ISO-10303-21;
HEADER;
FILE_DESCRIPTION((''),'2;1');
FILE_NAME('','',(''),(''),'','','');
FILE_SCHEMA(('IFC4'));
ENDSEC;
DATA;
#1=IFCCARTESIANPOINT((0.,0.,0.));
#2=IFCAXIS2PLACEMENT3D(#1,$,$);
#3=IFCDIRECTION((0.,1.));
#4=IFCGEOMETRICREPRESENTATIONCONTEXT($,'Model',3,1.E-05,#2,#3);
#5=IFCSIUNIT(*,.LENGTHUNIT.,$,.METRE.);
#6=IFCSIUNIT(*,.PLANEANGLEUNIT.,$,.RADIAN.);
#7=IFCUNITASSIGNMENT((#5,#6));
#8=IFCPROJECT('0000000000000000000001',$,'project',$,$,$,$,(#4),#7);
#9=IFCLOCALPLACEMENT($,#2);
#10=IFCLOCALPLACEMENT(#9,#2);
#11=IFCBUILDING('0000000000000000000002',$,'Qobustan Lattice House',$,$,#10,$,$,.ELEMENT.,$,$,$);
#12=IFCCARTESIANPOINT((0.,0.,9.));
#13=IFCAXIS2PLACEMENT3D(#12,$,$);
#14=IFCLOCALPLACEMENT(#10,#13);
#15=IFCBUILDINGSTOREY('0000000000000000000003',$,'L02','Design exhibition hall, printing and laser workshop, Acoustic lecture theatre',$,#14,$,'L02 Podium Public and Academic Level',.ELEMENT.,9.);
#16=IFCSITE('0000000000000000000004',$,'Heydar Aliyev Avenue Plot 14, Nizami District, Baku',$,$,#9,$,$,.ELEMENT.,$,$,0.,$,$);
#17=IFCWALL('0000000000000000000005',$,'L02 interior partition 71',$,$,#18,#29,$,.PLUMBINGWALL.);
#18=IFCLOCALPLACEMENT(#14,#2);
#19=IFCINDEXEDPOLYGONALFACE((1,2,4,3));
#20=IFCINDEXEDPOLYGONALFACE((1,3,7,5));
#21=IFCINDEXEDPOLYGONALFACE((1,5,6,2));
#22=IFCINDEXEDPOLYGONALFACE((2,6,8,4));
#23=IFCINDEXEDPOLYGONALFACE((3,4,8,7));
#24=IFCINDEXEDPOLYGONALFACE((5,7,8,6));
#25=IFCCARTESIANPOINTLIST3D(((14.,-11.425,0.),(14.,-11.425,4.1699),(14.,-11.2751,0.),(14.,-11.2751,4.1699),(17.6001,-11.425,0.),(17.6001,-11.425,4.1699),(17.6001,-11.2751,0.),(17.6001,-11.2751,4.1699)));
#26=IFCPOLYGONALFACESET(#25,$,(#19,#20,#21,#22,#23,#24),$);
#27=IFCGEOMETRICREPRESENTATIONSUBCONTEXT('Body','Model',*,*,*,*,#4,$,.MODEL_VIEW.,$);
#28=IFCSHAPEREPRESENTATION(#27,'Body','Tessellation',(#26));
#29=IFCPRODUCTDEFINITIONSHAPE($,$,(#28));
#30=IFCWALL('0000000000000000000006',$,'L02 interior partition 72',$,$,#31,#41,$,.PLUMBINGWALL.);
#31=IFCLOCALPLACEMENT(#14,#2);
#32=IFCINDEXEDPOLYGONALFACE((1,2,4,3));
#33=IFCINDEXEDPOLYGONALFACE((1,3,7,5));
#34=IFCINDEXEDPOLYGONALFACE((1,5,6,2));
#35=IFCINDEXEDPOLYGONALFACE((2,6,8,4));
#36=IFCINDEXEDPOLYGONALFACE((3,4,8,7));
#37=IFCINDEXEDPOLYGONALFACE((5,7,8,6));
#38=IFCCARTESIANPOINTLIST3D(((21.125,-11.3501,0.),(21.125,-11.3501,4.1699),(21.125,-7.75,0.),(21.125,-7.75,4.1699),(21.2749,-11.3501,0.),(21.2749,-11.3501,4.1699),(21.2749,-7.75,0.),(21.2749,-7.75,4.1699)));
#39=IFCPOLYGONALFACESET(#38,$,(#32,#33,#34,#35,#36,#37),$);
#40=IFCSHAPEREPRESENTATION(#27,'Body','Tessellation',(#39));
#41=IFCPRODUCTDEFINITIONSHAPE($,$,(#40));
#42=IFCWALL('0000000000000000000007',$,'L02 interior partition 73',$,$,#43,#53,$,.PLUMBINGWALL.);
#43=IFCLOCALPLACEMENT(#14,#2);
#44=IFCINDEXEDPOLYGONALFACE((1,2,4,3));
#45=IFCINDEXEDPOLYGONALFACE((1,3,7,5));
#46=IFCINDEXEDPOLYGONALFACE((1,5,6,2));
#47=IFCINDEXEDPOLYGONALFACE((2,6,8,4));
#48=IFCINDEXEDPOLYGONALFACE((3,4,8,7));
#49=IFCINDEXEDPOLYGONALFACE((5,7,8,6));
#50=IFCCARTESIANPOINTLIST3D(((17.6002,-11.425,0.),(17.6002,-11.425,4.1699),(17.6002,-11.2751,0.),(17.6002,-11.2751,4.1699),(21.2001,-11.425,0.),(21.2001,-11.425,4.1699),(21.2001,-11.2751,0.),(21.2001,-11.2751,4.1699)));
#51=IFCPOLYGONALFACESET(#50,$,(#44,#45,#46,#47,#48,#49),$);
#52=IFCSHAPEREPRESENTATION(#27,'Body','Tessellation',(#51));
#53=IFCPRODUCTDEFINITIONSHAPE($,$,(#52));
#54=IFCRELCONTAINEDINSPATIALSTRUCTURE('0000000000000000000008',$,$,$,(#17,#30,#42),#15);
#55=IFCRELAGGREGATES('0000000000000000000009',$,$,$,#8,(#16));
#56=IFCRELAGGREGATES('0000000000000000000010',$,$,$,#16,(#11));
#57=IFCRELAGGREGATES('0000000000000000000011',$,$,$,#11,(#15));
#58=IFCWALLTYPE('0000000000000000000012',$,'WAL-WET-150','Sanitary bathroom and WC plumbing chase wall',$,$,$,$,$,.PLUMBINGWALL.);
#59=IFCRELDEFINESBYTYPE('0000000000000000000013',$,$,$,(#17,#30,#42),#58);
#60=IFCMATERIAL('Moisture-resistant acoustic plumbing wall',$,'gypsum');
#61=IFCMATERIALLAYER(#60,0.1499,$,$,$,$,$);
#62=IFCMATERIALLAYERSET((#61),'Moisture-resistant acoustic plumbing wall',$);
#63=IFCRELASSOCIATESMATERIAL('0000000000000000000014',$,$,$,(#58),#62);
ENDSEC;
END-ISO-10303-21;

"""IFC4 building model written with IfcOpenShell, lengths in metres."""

from ifc_helpers import new_model, si_unit, direction, frame, frame_2d, origin, place, context, subcontext, project, spatial, rectangle, extrude, material, layer, layer_set, type_object, element, save


model = new_model("IFC4")

# Units and contexts
model_context = context("Model", 3, precision=1e-05, world=origin(), true_north=direction((0.0, 1.0)))
body_context = subcontext(model_context, "Body", "Model", "MODEL_VIEW")
ifc_project = project(units=[si_unit("LENGTHUNIT", "METRE"), si_unit("PLANEANGLEUNIT", "RADIAN")], contexts=[model_context])

# Site, building, storey
site_placement = place(None, origin())
site = spatial("IfcSite", under=ifc_project, at=site_placement, Name="Heydar Aliyev Avenue Plot 14, Nizami District, Baku", CompositionType="ELEMENT", RefElevation=0.0)
building_placement = place(site_placement, origin())
building = spatial("IfcBuilding", under=site, at=building_placement, Name="Qobustan Lattice House", CompositionType="ELEMENT")
storey_placement = place(building_placement, frame((0.0, 0.0, 9.0)))
storey = spatial("IfcBuildingStorey", under=building, at=storey_placement, Name="L02", Description="Design exhibition hall, printing and laser workshop, Acoustic lecture theatre", LongName="L02 Podium Public and Academic Level", CompositionType="ELEMENT", Elevation=9.0)

# Shared definitions
ifc_material_1 = material(Name="Moisture-resistant acoustic plumbing wall", Category="gypsum")
ifc_layer_1 = layer(ifc_material_1, 0.1499)
ifc_layer_set_1 = layer_set([ifc_layer_1], Name="Moisture-resistant acoustic plumbing wall")
wall_type_1 = type_object("IfcWallType", Name="WAL-WET-150", Description="Sanitary bathroom and WC plumbing chase wall", PredefinedType="PLUMBINGWALL", material=ifc_layer_set_1)

# Walls
for number, where, z_axis, x_axis, name in (
    (1, (17.6001, -11.3501, 0.0), (0.0, 0.0, 1.0), (-1.0, 0.0, 0.0), "L02 interior partition 71"),
    (2, (21.2, -7.75, 0.0), (0.0, 0.0, 1.0), (0.0, -1.0, 0.0), "L02 interior partition 72"),
):
    element("IfcWall", number, at=place(storey_placement, frame(where, z_axis=z_axis, x_axis=x_axis)), inside=storey, type_object=wall_type_1, Name=name, PredefinedType="PLUMBINGWALL", context=body_context, shape_type="SweptSolid", body=[
        extrude(rectangle(XDim=3.6001, YDim=0.1499, at=frame_2d((1.8, 0.0))), origin(), (0.0, 0.0, 1.0), 4.1699),
    ])
wall_1_placement = place(storey_placement, frame((21.2, -11.3501, 0.0), z_axis=(0.0, 0.0, 1.0), x_axis=(-1.0, 0.0, 0.0)))
element("IfcWall", 3, at=wall_1_placement, inside=storey, type_object=wall_type_1, Name="L02 interior partition 73", PredefinedType="PLUMBINGWALL", context=body_context, shape_type="SweptSolid", body=[
    extrude(rectangle(XDim=3.5999, YDim=0.1499, at=frame_2d((1.7998, 0.0))), origin(), (0.0, 0.0, 1.0), 4.1699),
])

save(model, "model.ifc")
